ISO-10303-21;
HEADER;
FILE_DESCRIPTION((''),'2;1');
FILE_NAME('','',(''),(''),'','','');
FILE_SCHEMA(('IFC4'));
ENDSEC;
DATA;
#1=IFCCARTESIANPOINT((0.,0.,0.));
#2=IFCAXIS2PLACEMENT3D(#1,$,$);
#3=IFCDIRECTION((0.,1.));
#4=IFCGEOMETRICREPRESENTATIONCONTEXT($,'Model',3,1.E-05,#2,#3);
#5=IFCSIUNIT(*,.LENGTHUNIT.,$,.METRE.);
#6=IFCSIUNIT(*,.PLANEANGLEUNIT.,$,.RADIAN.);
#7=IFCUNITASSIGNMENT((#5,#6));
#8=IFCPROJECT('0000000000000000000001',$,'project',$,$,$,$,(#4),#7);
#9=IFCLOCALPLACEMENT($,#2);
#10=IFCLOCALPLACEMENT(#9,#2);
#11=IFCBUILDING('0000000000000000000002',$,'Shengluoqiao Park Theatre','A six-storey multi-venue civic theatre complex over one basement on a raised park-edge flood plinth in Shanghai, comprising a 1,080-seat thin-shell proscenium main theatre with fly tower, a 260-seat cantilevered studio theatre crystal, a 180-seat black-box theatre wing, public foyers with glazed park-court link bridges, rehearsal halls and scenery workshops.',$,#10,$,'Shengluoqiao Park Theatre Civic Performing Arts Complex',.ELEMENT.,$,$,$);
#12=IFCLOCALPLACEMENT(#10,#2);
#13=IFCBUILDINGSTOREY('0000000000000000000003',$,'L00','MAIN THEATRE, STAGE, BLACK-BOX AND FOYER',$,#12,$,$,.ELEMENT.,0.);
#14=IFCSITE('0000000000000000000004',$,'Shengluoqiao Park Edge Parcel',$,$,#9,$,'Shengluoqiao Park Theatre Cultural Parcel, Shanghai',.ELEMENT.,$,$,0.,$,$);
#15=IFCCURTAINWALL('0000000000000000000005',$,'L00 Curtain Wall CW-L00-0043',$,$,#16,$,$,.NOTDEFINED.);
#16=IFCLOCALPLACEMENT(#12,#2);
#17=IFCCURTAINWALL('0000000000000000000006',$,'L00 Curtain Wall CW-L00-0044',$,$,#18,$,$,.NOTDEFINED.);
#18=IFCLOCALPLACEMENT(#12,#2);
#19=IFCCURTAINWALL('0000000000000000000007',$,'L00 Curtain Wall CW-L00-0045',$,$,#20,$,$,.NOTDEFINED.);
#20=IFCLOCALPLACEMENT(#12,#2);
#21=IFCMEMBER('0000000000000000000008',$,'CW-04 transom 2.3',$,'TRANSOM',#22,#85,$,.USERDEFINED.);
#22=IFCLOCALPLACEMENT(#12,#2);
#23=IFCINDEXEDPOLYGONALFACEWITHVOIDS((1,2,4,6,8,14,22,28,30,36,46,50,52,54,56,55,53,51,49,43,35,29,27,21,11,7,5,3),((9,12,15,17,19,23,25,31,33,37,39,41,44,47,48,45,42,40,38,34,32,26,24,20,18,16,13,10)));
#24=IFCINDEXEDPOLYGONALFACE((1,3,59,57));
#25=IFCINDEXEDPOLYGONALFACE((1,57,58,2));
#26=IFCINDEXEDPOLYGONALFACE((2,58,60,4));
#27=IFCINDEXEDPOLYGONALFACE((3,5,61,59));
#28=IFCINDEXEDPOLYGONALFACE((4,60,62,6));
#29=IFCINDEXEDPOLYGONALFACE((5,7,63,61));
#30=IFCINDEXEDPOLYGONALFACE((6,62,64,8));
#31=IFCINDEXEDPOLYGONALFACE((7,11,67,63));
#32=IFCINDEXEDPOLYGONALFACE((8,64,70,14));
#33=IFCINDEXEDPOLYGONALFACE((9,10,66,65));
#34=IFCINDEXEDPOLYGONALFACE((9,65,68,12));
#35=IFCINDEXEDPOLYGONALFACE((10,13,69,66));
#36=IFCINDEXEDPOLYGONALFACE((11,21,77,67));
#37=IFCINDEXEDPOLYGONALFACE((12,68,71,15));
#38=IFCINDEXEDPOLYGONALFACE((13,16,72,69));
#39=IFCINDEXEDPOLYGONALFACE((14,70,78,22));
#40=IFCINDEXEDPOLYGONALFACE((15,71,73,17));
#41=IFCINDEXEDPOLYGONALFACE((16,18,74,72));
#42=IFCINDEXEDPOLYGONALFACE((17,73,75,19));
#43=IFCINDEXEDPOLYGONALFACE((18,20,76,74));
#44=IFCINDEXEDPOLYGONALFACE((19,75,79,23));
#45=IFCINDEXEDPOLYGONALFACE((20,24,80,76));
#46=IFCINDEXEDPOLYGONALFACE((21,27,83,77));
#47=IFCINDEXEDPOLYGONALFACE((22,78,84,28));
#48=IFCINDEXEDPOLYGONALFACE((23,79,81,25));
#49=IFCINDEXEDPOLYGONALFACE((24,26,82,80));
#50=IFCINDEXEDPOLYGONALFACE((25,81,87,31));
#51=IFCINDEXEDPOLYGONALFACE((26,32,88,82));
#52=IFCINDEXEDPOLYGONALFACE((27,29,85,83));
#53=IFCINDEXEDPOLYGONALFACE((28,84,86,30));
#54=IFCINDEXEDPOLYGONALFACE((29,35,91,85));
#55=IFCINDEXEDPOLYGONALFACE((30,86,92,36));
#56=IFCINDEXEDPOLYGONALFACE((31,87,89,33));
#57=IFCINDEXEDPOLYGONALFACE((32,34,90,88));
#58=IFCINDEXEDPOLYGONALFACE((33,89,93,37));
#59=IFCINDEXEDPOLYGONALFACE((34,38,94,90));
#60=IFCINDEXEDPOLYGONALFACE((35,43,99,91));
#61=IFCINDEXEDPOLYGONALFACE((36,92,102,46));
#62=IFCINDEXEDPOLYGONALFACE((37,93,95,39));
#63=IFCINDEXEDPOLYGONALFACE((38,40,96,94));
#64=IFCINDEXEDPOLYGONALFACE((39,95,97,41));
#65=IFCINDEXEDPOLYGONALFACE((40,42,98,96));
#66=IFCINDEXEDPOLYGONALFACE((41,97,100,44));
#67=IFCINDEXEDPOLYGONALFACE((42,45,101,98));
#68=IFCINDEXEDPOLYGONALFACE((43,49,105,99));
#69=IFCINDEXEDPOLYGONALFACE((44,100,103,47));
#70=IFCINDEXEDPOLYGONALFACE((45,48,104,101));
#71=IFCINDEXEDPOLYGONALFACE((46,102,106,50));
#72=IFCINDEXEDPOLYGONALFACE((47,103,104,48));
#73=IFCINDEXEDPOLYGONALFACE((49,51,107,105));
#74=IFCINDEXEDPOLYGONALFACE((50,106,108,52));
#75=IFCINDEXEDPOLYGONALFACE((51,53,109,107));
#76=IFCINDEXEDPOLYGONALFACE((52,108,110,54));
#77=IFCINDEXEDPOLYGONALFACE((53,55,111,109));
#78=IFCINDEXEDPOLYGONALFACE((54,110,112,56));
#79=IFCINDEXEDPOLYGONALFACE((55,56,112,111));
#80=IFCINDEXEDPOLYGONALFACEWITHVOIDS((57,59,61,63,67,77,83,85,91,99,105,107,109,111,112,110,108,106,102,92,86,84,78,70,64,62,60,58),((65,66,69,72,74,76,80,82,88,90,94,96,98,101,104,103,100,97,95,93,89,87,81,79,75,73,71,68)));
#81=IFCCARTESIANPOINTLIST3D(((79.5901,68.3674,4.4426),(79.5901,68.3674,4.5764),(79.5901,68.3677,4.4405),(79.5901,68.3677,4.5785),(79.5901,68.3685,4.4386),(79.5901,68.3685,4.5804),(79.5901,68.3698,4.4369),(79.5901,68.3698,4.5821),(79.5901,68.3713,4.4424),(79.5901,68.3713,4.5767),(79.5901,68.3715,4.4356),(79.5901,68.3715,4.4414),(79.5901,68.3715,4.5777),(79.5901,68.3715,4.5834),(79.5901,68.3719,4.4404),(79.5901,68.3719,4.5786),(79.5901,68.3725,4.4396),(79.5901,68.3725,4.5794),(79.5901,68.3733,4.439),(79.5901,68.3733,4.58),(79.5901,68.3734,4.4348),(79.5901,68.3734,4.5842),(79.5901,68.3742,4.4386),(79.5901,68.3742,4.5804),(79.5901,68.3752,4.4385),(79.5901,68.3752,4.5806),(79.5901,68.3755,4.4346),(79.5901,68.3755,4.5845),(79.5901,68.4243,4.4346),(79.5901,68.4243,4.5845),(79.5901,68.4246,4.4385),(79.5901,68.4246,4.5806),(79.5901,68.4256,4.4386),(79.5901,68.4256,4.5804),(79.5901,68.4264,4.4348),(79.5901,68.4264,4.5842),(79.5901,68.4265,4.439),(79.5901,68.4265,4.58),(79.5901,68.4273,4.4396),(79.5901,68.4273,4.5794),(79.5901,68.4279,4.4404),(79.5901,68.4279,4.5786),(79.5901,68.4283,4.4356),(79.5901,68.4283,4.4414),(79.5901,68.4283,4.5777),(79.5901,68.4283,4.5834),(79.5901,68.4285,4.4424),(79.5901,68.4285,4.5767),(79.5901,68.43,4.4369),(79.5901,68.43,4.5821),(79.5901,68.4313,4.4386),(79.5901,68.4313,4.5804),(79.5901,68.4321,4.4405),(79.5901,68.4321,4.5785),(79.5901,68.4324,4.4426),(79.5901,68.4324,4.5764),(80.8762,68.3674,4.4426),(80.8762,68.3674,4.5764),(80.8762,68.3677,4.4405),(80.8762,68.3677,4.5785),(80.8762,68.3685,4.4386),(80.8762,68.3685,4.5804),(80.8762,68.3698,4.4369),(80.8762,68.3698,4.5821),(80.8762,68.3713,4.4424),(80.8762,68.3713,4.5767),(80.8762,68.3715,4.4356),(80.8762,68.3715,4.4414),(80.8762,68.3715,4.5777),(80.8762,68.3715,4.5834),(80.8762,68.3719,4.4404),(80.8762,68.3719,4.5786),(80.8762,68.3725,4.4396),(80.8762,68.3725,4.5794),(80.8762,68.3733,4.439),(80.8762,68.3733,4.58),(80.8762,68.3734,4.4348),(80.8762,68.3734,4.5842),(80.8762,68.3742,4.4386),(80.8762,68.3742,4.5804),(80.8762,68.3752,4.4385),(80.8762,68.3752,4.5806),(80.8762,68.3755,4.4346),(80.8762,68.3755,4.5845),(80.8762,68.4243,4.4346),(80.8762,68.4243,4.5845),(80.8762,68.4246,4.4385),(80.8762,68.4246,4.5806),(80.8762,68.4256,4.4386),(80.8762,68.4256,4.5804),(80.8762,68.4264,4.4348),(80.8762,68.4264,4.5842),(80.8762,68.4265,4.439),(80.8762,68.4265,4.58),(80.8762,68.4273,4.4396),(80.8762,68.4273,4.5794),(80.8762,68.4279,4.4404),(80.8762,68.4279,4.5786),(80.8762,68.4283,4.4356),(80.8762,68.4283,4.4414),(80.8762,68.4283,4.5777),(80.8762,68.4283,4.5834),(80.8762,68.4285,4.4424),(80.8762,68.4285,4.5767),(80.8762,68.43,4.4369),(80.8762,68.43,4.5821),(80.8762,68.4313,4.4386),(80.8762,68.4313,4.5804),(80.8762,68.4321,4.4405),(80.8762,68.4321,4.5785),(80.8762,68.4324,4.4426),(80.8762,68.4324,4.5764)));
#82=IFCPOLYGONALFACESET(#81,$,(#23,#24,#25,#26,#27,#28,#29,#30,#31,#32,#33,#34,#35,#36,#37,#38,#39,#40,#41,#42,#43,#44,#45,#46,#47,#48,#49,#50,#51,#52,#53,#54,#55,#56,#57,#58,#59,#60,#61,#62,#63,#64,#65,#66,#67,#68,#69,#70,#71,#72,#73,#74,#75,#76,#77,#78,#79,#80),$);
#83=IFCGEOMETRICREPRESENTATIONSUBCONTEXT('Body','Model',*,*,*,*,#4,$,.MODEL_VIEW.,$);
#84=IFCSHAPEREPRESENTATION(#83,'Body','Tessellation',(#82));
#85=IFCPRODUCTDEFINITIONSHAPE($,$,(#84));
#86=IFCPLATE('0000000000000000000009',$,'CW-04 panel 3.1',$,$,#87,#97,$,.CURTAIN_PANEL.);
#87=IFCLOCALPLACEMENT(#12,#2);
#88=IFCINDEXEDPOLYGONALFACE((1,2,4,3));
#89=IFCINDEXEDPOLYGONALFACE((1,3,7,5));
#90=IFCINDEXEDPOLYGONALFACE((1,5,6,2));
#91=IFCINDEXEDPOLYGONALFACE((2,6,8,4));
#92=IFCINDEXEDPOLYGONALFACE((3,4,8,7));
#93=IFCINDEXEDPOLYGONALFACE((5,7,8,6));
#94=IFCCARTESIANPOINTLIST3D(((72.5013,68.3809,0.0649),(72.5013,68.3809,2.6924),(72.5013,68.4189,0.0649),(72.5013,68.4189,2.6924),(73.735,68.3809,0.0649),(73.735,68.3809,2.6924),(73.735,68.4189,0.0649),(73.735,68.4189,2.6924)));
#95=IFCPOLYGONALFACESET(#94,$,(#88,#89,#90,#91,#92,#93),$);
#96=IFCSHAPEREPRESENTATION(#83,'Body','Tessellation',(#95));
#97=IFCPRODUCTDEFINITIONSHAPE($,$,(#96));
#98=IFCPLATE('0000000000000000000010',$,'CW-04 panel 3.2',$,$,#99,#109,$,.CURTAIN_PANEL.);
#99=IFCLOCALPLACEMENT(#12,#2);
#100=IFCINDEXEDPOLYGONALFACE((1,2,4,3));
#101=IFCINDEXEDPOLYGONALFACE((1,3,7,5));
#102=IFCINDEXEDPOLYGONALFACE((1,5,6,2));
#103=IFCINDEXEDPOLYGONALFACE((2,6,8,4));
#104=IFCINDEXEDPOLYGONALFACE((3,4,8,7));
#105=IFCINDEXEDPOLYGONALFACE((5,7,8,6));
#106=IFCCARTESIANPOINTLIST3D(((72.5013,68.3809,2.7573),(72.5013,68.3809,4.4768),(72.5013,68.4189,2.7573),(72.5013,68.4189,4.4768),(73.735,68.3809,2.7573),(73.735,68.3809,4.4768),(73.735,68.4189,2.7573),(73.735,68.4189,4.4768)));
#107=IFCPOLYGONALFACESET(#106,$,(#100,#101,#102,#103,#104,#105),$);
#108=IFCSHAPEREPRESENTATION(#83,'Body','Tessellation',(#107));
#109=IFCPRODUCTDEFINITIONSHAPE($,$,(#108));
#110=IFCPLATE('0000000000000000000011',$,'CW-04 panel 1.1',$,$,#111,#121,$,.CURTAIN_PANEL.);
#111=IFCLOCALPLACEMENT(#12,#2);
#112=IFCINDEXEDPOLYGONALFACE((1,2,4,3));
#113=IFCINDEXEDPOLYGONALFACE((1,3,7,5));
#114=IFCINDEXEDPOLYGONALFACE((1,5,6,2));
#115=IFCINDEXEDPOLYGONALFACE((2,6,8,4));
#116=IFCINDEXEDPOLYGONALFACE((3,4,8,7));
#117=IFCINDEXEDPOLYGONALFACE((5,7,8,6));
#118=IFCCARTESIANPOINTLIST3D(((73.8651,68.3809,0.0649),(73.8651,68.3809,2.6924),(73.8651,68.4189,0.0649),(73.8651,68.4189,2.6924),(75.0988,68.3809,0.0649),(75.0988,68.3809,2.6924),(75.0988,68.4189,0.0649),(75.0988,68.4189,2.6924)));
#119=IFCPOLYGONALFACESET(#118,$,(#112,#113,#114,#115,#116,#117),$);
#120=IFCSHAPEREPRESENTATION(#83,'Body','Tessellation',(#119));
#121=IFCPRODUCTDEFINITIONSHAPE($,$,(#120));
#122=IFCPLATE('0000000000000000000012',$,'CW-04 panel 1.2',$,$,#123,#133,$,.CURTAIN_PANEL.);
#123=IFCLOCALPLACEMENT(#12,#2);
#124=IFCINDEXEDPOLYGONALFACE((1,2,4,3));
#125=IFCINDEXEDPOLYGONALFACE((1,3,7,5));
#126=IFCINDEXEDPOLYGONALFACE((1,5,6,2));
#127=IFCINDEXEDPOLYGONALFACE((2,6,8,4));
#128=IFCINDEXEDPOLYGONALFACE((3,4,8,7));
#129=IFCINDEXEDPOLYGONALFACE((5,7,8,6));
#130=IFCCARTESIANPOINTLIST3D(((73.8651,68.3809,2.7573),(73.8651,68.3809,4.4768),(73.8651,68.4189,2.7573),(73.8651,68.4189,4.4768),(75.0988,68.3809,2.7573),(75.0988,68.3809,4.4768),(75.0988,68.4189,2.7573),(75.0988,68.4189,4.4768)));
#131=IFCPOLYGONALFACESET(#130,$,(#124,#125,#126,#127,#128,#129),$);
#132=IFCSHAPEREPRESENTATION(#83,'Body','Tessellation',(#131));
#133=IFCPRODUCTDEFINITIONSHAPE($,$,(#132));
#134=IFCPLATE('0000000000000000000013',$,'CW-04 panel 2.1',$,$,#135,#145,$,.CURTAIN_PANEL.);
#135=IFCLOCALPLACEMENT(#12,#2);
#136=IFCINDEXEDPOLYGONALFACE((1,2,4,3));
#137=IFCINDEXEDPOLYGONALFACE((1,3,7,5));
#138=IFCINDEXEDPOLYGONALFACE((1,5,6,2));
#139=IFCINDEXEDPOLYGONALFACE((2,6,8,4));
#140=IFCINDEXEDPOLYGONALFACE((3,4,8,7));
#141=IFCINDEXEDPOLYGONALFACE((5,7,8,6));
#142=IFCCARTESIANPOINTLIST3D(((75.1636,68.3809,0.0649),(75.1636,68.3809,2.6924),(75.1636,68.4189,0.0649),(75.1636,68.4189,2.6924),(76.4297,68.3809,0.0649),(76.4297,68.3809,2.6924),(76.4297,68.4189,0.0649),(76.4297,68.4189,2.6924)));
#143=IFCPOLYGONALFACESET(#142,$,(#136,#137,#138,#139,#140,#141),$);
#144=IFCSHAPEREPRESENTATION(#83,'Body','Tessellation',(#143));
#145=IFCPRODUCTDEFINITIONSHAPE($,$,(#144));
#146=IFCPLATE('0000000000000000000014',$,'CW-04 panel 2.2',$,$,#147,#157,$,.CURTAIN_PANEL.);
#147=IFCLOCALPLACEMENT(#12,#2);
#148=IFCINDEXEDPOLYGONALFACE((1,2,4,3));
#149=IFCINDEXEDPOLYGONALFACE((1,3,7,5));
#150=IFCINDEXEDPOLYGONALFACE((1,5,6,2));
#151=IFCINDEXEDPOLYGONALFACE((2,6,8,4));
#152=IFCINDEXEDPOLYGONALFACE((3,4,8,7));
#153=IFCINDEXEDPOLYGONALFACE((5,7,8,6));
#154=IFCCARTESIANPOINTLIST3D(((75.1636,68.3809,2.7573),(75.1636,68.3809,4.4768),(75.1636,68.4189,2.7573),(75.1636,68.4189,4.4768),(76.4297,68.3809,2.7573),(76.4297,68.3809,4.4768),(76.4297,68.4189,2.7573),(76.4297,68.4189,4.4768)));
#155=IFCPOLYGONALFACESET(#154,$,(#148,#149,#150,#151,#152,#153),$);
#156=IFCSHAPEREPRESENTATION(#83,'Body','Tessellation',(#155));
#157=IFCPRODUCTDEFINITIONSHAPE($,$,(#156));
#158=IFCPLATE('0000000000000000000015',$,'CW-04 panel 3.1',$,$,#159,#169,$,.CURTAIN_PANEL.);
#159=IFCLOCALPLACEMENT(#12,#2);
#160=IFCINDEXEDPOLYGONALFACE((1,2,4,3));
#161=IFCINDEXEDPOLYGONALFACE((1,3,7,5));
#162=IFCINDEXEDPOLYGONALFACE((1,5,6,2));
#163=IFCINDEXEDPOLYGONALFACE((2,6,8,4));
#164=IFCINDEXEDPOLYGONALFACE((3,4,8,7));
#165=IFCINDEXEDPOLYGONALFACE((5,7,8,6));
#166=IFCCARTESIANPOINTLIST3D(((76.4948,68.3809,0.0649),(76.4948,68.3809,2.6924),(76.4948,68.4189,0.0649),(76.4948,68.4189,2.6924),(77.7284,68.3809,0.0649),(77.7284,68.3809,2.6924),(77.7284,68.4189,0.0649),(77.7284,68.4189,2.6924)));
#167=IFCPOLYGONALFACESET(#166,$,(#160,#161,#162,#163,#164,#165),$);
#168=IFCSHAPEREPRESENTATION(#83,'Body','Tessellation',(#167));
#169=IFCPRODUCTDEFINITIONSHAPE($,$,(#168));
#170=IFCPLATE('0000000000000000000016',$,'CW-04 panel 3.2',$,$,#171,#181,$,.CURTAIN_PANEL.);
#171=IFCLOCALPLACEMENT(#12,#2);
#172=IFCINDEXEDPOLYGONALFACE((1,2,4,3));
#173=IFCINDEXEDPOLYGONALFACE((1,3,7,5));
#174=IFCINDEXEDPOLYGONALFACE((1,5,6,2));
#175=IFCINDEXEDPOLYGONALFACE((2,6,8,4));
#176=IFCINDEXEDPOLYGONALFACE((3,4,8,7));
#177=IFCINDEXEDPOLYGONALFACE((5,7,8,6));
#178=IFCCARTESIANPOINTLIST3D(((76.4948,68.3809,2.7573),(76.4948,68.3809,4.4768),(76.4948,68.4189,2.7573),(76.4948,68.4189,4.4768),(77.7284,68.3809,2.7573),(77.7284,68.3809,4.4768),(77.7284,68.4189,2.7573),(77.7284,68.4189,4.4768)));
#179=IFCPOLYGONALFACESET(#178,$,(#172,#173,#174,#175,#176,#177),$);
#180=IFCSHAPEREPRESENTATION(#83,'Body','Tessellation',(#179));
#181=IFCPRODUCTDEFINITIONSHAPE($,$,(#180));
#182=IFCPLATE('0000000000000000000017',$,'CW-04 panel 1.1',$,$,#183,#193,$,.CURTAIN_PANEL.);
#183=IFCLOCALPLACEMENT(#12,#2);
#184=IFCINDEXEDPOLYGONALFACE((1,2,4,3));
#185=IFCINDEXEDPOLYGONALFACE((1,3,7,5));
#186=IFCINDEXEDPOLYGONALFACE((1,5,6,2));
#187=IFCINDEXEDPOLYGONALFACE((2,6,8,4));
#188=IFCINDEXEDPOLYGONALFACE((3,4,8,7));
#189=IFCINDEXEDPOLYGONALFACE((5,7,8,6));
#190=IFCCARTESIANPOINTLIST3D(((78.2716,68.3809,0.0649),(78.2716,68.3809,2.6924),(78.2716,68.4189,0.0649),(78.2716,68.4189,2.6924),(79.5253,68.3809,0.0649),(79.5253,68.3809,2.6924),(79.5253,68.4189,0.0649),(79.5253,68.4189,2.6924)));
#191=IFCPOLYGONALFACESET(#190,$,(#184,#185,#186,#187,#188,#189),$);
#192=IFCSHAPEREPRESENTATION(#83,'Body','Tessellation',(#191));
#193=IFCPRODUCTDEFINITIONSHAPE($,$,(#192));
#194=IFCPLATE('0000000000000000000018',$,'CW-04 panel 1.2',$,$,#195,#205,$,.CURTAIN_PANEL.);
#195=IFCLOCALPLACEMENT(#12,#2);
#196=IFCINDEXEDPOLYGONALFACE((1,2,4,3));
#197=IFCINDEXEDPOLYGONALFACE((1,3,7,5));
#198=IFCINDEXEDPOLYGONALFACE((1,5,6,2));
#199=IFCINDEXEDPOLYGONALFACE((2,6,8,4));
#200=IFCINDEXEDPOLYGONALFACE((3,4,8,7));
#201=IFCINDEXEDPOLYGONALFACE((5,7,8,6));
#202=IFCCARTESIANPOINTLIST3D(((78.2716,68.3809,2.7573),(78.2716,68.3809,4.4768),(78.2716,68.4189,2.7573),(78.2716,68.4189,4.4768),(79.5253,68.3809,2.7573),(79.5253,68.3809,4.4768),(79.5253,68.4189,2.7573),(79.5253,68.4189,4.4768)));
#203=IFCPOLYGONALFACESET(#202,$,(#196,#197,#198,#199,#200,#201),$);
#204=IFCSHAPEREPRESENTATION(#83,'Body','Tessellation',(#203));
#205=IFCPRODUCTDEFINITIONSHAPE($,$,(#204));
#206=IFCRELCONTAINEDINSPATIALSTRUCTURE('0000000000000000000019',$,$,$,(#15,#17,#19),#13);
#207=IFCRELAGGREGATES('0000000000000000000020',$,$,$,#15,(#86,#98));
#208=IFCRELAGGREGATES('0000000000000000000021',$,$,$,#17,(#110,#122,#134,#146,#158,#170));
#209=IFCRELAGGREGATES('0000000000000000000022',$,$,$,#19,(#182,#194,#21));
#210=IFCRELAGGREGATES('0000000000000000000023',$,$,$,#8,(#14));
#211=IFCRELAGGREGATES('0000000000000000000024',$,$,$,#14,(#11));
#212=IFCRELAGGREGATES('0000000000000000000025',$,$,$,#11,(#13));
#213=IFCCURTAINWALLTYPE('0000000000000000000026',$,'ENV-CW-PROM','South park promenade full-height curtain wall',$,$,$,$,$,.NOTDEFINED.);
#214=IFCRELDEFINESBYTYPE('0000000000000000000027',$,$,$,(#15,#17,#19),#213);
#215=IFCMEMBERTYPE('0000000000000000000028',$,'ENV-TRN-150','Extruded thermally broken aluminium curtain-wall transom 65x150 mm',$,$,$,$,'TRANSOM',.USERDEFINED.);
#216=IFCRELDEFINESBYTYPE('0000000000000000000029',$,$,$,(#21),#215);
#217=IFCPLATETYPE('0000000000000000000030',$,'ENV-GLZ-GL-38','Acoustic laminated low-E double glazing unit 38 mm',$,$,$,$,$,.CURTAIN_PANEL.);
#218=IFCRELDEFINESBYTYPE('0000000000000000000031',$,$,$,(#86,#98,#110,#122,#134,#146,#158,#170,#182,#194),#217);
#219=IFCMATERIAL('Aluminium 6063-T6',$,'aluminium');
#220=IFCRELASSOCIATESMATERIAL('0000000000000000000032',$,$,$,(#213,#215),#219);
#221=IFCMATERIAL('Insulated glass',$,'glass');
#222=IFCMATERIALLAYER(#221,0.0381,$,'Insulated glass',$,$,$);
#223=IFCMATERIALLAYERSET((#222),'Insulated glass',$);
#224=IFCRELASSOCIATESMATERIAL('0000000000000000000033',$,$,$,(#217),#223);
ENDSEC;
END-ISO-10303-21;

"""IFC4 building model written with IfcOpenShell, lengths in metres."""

from ifc_helpers import new_model, si_unit, direction, frame, origin, origin_2d, place, context, subcontext, project, spatial, rectangle, hollow_rectangle, extrude, material, layer, layer_set, material_profile, profile_set, type_object, element, aggregate, save


model = new_model("IFC4")

# Units and contexts
model_context = context("Model", 3, precision=1e-05, world=origin(), true_north=direction((0.0, 1.0)))
body_context = subcontext(model_context, "Body", "Model", "MODEL_VIEW")
ifc_project = project(units=[si_unit("LENGTHUNIT", "METRE"), si_unit("PLANEANGLEUNIT", "RADIAN")], contexts=[model_context])

# Site, building, storey
site_placement = place(None, origin())
site = spatial("IfcSite", under=ifc_project, at=site_placement, Name="Shengluoqiao Park Edge Parcel", LongName="Shengluoqiao Park Theatre Cultural Parcel, Shanghai", CompositionType="ELEMENT", RefElevation=0.0)
building_placement = place(site_placement, origin())
building = spatial("IfcBuilding", under=site, at=building_placement, Name="Shengluoqiao Park Theatre", Description="A six-storey multi-venue civic theatre complex over one basement on a raised park-edge flood plinth in Shanghai, comprising a 1,080-seat thin-shell proscenium main theatre with fly tower, a 260-seat cantilevered studio theatre crystal, a 180-seat black-box theatre wing, public foyers with glazed park-court link bridges, rehearsal halls and scenery workshops.", LongName="Shengluoqiao Park Theatre Civic Performing Arts Complex", CompositionType="ELEMENT")
storey_placement = place(building_placement, origin())
storey = spatial("IfcBuildingStorey", under=building, at=storey_placement, Name="L00", Description="MAIN THEATRE, STAGE, BLACK-BOX AND FOYER", CompositionType="ELEMENT", Elevation=0.0)

# Curtain wall
ifc_material_1 = material(Name="Aluminium 6063-T6", Category="aluminium")
curtain_wall_type = type_object("IfcCurtainWallType", Name="ENV-CW-PROM", Description="South park promenade full-height curtain wall", PredefinedType="NOTDEFINED", material=ifc_material_1)
curtain_wall_1_placement = place(storey_placement, origin())
curtain_wall_1 = element("IfcCurtainWall", 1, at=curtain_wall_1_placement, inside=storey, type_object=curtain_wall_type, Name="L00 Curtain Wall CW-L00-0043", PredefinedType="NOTDEFINED")

# Curtain walls
curtain_wall_2_placement = place(storey_placement, origin())
curtain_wall_2 = element("IfcCurtainWall", 2, at=curtain_wall_2_placement, inside=storey, type_object=curtain_wall_type, Name="L00 Curtain Wall CW-L00-0044", PredefinedType="NOTDEFINED")
curtain_wall_3_placement = place(storey_placement, origin())
curtain_wall_3 = element("IfcCurtainWall", 3, at=curtain_wall_3_placement, inside=storey, type_object=curtain_wall_type, Name="L00 Curtain Wall CW-L00-0045", PredefinedType="NOTDEFINED")

# Member
ifc_material_profile_1 = material_profile(ifc_material_1, hollow_rectangle(XDim=0.0649, YDim=0.1499, WallThickness=0.0039, InnerFilletRadius=0.0039, OuterFilletRadius=0.0081, at=origin_2d()), Name="ALU TRANSOM 150x65x4")
ifc_profile_set_1 = profile_set([ifc_material_profile_1], Name="Aluminium 6063-T6")
member_type_1 = type_object("IfcMemberType", Name="ENV-TRN-150", Description="Extruded thermally broken aluminium curtain-wall transom 65x150 mm", ElementType="TRANSOM", PredefinedType="USERDEFINED", material=ifc_profile_set_1)
member_1_placement = place(storey_placement, frame((79.5901, 68.3999, 4.5095), z_axis=(1.0, 0.0, 0.0), x_axis=(0.0, 1.0, 0.0)))
member_1 = element("IfcMember", 4, at=member_1_placement, type_object=member_type_1, Name="CW-04 transom 2.3", ObjectType="TRANSOM", PredefinedType="USERDEFINED", context=body_context, shape_type="SweptSolid", body=[
    extrude(hollow_rectangle(XDim=0.0649, YDim=0.1499, WallThickness=0.0039, InnerFilletRadius=0.0039, OuterFilletRadius=0.0081, at=origin_2d()), origin(), (0.0, 0.0, 1.0), 1.2861),
])

# Plates
ifc_material_2 = material(Name="Insulated glass", Category="glass")
ifc_layer = layer(ifc_material_2, 0.0381, Name="Insulated glass")
ifc_layer_set = layer_set([ifc_layer], Name="Insulated glass")
plate_type = type_object("IfcPlateType", Name="ENV-GLZ-GL-38", Description="Acoustic laminated low-E double glazing unit 38 mm", PredefinedType="CURTAIN_PANEL", material=ifc_layer_set)
plate_1_placement = place(storey_placement, frame((73.1182, 68.3999, 0.0649), z_axis=(0.0, 0.0, 1.0), x_axis=(1.0, 0.0, 0.0)))
plate_1 = element("IfcPlate", 5, at=plate_1_placement, type_object=plate_type, Name="CW-04 panel 3.1", PredefinedType="CURTAIN_PANEL", context=body_context, shape_type="SweptSolid", body=[
    extrude(rectangle(XDim=1.2336, YDim=0.0381, at=origin_2d()), origin(), (0.0, 0.0, 1.0), 2.6274),
])
plate_2_placement = place(storey_placement, frame((73.1182, 68.3999, 2.7573), z_axis=(0.0, 0.0, 1.0), x_axis=(1.0, 0.0, 0.0)))
plate_2 = element("IfcPlate", 6, at=plate_2_placement, type_object=plate_type, Name="CW-04 panel 3.2", PredefinedType="CURTAIN_PANEL", context=body_context, shape_type="SweptSolid", body=[
    extrude(rectangle(XDim=1.2336, YDim=0.0381, at=origin_2d()), origin(), (0.0, 0.0, 1.0), 1.7195),
])
aggregate(curtain_wall_1, [plate_1, plate_2])
plate_3_placement = place(storey_placement, frame((74.4819, 68.3999, 0.0649), z_axis=(0.0, 0.0, 1.0), x_axis=(1.0, 0.0, 0.0)))
plate_3 = element("IfcPlate", 7, at=plate_3_placement, type_object=plate_type, Name="CW-04 panel 1.1", PredefinedType="CURTAIN_PANEL", context=body_context, shape_type="SweptSolid", body=[
    extrude(rectangle(XDim=1.2336, YDim=0.0381, at=origin_2d()), origin(), (0.0, 0.0, 1.0), 2.6274),
])
plate_4_placement = place(storey_placement, frame((74.4819, 68.3999, 2.7573), z_axis=(0.0, 0.0, 1.0), x_axis=(1.0, 0.0, 0.0)))
plate_4 = element("IfcPlate", 8, at=plate_4_placement, type_object=plate_type, Name="CW-04 panel 1.2", PredefinedType="CURTAIN_PANEL", context=body_context, shape_type="SweptSolid", body=[
    extrude(rectangle(XDim=1.2336, YDim=0.0381, at=origin_2d()), origin(), (0.0, 0.0, 1.0), 1.7195),
])
plate_5_placement = place(storey_placement, frame((75.7966, 68.3999, 0.0649), z_axis=(0.0, 0.0, 1.0), x_axis=(1.0, 0.0, 0.0)))
plate_5 = element("IfcPlate", 9, at=plate_5_placement, type_object=plate_type, Name="CW-04 panel 2.1", PredefinedType="CURTAIN_PANEL", context=body_context, shape_type="SweptSolid", body=[
    extrude(rectangle(XDim=1.2661, YDim=0.0381, at=origin_2d()), origin(), (0.0, 0.0, 1.0), 2.6274),
])
plate_6_placement = place(storey_placement, frame((75.7966, 68.3999, 2.7573), z_axis=(0.0, 0.0, 1.0), x_axis=(1.0, 0.0, 0.0)))
plate_6 = element("IfcPlate", 10, at=plate_6_placement, type_object=plate_type, Name="CW-04 panel 2.2", PredefinedType="CURTAIN_PANEL", context=body_context, shape_type="SweptSolid", body=[
    extrude(rectangle(XDim=1.2661, YDim=0.0381, at=origin_2d()), origin(), (0.0, 0.0, 1.0), 1.7195),
])
plate_7_placement = place(storey_placement, frame((77.1116, 68.3999, 0.0649), z_axis=(0.0, 0.0, 1.0), x_axis=(1.0, 0.0, 0.0)))
plate_7 = element("IfcPlate", 11, at=plate_7_placement, type_object=plate_type, Name="CW-04 panel 3.1", PredefinedType="CURTAIN_PANEL", context=body_context, shape_type="SweptSolid", body=[
    extrude(rectangle(XDim=1.2336, YDim=0.0381, at=origin_2d()), origin(), (0.0, 0.0, 1.0), 2.6274),
])
plate_8_placement = place(storey_placement, frame((77.1116, 68.3999, 2.7573), z_axis=(0.0, 0.0, 1.0), x_axis=(1.0, 0.0, 0.0)))
plate_8 = element("IfcPlate", 12, at=plate_8_placement, type_object=plate_type, Name="CW-04 panel 3.2", PredefinedType="CURTAIN_PANEL", context=body_context, shape_type="SweptSolid", body=[
    extrude(rectangle(XDim=1.2336, YDim=0.0381, at=origin_2d()), origin(), (0.0, 0.0, 1.0), 1.7195),
])
aggregate(curtain_wall_2, [plate_3, plate_4, plate_5, plate_6, plate_7, plate_8])
plate_9_placement = place(storey_placement, frame((78.8984, 68.3999, 0.0649), z_axis=(0.0, 0.0, 1.0), x_axis=(1.0, 0.0, 0.0)))
plate_9 = element("IfcPlate", 13, at=plate_9_placement, type_object=plate_type, Name="CW-04 panel 1.1", PredefinedType="CURTAIN_PANEL", context=body_context, shape_type="SweptSolid", body=[
    extrude(rectangle(XDim=1.2537, YDim=0.0381, at=origin_2d()), origin(), (0.0, 0.0, 1.0), 2.6274),
])
plate_10_placement = place(storey_placement, frame((78.8984, 68.3999, 2.7573), z_axis=(0.0, 0.0, 1.0), x_axis=(1.0, 0.0, 0.0)))
plate_10 = element("IfcPlate", 14, at=plate_10_placement, type_object=plate_type, Name="CW-04 panel 1.2", PredefinedType="CURTAIN_PANEL", context=body_context, shape_type="SweptSolid", body=[
    extrude(rectangle(XDim=1.2537, YDim=0.0381, at=origin_2d()), origin(), (0.0, 0.0, 1.0), 1.7195),
])
aggregate(curtain_wall_3, [plate_9, plate_10, member_1])

save(model, "model.ifc")
